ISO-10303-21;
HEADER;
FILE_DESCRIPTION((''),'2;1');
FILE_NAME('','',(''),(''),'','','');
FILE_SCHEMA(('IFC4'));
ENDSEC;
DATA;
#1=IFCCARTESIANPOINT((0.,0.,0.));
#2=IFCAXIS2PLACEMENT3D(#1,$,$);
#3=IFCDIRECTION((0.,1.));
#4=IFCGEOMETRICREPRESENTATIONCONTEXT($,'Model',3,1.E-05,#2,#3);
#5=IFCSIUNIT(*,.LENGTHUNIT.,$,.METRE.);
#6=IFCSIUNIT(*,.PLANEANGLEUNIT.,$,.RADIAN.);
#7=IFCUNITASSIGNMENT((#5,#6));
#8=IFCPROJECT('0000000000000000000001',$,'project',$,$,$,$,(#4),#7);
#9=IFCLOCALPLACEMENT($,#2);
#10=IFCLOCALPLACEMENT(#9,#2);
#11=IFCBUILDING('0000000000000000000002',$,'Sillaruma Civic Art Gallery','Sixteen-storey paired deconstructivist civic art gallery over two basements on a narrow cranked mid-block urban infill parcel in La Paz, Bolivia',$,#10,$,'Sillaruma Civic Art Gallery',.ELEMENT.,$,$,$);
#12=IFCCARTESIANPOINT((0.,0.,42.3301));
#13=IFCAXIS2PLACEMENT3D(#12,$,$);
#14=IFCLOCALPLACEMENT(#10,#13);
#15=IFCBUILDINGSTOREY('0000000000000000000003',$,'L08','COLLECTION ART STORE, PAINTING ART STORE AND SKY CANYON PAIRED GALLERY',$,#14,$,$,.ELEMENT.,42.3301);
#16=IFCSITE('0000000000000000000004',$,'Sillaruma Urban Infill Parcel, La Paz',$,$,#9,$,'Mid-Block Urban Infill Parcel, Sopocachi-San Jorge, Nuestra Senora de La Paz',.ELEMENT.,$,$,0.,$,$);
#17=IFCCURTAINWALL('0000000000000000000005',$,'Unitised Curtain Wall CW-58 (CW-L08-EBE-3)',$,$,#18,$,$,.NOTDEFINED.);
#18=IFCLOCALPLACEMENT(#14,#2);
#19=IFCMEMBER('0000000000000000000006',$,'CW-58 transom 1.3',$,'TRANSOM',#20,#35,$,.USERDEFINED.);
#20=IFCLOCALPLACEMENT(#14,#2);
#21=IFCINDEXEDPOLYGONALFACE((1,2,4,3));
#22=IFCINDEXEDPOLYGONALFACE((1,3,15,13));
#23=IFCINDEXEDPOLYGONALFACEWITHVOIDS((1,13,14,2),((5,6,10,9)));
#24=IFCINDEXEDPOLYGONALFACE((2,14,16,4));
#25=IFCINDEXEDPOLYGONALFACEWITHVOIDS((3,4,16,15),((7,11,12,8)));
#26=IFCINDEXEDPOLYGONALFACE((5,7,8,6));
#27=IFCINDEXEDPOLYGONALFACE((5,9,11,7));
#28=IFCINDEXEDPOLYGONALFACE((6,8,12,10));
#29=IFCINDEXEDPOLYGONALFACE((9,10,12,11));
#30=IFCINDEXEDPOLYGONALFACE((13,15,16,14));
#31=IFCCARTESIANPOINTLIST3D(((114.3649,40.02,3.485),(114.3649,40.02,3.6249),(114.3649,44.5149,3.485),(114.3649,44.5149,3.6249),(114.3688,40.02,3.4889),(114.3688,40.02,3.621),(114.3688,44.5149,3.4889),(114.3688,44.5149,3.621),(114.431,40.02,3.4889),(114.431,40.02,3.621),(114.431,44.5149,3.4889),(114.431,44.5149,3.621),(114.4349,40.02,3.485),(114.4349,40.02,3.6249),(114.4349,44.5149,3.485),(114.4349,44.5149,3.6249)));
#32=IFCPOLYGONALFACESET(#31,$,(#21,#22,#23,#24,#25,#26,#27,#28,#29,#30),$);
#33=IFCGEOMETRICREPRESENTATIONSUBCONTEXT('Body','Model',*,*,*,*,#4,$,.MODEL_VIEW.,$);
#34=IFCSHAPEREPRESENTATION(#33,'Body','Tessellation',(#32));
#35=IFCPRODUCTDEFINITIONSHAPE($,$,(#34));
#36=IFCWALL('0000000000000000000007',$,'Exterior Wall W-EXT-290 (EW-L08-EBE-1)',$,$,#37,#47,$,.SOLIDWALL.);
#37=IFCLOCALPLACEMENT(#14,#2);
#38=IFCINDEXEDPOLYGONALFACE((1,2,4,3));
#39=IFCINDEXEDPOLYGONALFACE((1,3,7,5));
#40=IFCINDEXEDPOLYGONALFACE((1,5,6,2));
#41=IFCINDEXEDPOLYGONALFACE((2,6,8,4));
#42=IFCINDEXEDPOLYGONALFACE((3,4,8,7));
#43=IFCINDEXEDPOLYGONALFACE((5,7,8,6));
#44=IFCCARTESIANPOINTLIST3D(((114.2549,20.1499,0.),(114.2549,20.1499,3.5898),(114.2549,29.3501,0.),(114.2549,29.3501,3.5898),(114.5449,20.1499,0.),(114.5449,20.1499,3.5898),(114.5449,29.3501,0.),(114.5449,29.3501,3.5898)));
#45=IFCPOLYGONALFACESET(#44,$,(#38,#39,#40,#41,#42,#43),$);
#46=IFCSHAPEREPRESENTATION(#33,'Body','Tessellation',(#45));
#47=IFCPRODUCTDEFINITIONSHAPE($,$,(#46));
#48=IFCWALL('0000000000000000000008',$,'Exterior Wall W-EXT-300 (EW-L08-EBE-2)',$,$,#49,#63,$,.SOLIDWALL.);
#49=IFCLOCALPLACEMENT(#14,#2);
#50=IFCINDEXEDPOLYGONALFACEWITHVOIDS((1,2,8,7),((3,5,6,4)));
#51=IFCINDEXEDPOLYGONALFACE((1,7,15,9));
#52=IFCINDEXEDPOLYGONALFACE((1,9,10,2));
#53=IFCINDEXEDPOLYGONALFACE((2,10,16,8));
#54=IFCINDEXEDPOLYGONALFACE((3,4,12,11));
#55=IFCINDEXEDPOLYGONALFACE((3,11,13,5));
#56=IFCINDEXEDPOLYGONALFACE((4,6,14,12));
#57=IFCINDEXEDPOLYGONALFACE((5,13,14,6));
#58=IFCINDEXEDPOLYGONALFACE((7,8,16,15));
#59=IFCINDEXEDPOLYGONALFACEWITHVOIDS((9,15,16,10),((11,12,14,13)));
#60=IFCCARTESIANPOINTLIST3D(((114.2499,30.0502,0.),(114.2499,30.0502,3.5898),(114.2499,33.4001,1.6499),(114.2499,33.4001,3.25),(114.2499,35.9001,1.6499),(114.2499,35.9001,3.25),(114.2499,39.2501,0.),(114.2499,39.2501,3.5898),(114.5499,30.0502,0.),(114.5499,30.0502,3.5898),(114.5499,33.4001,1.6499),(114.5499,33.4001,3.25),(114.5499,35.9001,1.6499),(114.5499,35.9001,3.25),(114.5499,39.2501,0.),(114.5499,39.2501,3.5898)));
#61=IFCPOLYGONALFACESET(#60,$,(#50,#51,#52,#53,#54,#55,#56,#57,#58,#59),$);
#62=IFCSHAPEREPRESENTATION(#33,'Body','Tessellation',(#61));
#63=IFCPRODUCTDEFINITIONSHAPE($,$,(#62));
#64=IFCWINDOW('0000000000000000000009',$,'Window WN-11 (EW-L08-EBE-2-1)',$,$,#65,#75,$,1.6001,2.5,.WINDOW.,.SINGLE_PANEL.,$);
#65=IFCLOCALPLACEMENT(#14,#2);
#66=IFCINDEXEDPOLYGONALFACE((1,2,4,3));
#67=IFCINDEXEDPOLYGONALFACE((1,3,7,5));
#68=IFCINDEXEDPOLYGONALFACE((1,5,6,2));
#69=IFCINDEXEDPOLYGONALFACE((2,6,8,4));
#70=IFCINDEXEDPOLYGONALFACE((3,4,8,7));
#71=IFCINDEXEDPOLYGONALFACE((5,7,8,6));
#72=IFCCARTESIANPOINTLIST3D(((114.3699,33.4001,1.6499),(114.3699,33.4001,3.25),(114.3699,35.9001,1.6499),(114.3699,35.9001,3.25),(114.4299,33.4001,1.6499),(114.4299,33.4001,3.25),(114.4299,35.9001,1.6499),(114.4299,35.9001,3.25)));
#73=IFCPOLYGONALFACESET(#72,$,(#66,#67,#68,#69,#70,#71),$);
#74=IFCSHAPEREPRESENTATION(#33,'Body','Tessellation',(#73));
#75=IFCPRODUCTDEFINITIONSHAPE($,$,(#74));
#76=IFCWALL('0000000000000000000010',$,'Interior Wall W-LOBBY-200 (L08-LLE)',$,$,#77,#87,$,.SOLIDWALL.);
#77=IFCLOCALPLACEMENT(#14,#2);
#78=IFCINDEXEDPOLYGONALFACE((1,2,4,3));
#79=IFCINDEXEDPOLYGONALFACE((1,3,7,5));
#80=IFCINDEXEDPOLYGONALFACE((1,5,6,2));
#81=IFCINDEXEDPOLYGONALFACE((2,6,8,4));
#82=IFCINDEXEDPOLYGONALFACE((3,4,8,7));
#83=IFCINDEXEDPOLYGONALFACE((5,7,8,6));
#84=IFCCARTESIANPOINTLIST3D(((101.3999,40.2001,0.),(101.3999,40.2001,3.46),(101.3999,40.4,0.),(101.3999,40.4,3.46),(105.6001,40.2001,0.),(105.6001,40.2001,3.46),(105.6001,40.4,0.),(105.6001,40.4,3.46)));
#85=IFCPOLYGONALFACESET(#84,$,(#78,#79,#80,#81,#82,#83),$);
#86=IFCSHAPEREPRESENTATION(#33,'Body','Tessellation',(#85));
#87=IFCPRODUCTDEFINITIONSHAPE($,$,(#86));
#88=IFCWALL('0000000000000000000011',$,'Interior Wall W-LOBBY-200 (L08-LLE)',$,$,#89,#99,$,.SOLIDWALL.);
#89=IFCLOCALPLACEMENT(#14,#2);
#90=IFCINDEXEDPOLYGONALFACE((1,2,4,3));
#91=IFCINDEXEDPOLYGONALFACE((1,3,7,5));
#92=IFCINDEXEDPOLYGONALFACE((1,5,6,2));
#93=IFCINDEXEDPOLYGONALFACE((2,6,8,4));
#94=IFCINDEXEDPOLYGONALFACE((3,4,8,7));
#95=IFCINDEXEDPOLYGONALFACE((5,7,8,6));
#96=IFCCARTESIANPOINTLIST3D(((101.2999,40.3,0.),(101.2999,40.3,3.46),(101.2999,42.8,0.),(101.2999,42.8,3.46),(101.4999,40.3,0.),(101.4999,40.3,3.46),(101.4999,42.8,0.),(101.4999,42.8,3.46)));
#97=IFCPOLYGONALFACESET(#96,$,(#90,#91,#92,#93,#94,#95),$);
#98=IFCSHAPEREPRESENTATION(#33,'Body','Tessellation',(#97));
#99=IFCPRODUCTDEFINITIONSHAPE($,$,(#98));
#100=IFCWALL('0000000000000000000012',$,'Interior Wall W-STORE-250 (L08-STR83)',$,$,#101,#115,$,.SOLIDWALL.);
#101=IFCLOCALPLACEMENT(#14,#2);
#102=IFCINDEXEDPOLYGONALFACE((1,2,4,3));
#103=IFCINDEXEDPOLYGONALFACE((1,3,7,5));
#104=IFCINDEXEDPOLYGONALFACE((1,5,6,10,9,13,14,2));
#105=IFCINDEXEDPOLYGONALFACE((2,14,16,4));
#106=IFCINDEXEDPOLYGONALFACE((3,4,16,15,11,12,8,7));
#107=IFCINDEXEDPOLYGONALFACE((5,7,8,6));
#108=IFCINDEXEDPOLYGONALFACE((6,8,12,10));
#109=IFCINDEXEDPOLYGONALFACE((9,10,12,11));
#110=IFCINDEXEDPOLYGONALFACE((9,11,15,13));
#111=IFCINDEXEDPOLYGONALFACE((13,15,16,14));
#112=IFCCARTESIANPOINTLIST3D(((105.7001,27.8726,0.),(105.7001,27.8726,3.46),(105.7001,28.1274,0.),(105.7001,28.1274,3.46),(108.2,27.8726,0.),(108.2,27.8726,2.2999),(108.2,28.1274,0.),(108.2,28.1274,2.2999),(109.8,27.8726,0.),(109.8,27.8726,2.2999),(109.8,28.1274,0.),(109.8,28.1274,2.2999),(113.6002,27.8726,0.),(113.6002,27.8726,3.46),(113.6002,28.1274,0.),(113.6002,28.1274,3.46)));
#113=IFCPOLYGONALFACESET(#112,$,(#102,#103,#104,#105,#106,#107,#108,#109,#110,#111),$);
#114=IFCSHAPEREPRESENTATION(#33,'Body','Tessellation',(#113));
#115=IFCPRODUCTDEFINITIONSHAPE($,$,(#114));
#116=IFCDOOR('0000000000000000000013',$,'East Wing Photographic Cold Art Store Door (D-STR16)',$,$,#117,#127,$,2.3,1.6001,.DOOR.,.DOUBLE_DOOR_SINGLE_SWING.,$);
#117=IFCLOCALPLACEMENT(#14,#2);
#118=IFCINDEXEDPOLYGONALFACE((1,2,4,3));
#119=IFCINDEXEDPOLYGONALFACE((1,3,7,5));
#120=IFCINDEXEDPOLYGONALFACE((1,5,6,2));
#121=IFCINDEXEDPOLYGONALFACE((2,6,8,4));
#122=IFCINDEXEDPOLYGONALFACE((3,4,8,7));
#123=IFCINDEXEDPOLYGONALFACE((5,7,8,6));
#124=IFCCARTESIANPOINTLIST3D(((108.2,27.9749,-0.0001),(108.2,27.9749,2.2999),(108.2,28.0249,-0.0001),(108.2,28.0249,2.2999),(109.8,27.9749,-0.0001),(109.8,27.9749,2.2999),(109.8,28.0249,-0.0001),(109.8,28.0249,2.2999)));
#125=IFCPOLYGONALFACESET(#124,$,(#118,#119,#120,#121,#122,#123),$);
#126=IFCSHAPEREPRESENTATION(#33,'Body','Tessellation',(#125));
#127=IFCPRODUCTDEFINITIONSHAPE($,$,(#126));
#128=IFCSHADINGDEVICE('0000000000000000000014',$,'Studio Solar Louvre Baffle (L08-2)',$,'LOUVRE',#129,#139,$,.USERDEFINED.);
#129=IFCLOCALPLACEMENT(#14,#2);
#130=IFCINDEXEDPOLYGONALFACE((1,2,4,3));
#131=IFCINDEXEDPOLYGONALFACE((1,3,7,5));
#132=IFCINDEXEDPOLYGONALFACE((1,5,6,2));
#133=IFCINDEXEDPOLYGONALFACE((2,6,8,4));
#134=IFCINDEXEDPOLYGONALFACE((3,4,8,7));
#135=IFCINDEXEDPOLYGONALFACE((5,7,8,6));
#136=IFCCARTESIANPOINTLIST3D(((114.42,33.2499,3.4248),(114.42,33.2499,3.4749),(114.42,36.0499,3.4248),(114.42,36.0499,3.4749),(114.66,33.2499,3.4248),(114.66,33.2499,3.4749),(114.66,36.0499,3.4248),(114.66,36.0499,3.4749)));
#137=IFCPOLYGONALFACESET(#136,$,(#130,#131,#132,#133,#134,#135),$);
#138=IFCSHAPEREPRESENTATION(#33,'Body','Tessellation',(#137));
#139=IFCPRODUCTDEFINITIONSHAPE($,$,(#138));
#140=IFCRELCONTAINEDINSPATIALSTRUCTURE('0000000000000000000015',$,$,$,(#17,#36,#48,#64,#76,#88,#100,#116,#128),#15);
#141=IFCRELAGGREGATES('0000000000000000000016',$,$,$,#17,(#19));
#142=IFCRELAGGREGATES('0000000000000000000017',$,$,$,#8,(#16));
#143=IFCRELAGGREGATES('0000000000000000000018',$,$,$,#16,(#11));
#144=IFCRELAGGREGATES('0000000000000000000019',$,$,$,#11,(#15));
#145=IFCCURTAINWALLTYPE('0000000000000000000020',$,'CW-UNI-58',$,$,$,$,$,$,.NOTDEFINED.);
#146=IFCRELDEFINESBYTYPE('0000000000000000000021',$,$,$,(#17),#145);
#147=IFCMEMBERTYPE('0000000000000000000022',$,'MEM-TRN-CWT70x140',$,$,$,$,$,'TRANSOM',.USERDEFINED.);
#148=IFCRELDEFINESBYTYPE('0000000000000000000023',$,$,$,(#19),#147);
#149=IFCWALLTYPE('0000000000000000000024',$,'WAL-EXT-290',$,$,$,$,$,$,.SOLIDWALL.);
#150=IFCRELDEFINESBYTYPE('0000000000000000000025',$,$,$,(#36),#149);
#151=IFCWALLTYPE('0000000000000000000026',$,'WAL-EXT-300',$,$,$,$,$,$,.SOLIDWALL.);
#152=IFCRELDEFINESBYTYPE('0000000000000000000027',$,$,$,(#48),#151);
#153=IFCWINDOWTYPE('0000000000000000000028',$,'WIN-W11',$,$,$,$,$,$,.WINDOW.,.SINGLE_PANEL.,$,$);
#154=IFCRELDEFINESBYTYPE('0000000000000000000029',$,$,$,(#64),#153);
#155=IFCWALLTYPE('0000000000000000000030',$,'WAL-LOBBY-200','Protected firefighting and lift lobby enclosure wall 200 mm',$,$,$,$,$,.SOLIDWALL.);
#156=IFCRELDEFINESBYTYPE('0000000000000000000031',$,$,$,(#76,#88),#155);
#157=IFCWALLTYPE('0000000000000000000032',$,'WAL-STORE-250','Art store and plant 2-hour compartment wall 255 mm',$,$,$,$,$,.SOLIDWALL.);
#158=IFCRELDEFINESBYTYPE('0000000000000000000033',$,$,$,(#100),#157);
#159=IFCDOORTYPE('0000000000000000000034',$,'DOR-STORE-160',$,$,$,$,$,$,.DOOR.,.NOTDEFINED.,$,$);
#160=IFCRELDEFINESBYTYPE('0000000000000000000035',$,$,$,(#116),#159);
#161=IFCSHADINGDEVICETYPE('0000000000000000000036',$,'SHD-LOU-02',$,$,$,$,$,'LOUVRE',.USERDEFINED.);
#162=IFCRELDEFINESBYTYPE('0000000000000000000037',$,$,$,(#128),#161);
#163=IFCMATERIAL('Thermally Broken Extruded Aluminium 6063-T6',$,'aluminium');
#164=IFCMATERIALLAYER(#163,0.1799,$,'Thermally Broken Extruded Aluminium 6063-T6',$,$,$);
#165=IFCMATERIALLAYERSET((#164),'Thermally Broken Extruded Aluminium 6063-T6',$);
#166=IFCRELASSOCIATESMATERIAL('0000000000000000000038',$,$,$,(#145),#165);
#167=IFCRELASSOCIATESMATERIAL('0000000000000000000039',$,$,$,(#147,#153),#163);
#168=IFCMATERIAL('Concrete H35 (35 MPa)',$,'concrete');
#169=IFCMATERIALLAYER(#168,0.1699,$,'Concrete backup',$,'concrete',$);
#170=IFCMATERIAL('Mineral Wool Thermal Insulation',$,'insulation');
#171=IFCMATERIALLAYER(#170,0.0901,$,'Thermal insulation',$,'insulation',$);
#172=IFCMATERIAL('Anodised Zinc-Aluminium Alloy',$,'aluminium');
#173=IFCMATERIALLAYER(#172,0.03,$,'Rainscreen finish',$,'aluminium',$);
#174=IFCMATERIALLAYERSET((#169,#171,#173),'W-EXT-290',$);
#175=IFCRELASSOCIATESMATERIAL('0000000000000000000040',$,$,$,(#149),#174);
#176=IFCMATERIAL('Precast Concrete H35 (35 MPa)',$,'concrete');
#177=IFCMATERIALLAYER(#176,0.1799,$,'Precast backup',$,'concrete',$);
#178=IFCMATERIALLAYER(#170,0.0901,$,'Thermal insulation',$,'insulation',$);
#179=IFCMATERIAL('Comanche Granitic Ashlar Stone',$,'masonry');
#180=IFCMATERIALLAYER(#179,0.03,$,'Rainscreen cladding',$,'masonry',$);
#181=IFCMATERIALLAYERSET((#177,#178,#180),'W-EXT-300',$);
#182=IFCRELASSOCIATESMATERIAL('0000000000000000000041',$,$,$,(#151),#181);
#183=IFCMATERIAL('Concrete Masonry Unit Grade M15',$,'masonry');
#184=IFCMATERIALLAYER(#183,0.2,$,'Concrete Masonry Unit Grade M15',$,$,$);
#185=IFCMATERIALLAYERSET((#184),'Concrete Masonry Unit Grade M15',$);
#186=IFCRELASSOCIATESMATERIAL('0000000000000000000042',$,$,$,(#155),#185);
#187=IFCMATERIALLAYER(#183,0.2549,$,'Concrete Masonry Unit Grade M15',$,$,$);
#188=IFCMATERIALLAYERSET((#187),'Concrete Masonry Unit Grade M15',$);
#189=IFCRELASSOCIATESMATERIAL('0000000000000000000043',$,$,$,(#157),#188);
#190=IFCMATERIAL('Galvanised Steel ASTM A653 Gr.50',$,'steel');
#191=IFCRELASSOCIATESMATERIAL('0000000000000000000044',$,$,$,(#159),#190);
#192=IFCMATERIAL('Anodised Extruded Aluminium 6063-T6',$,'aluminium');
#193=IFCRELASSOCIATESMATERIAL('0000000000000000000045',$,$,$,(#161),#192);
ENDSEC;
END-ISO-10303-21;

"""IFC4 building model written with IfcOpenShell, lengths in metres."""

from ifc_helpers import new_model, si_unit, direction, frame, frame_2d, origin, origin_2d, place, context, subcontext, project, spatial, rectangle, hollow_rectangle, extrude, material, layer, layer_set, material_profile, profile_set, type_object, element, fill, aggregate, save


model = new_model("IFC4")

# Units and contexts
model_context = context("Model", 3, precision=1e-05, world=origin(), true_north=direction((0.0, 1.0)))
body_context = subcontext(model_context, "Body", "Model", "MODEL_VIEW")
ifc_project = project(units=[si_unit("LENGTHUNIT", "METRE"), si_unit("PLANEANGLEUNIT", "RADIAN")], contexts=[model_context])

# Site, building, storey
site_placement = place(None, origin())
site = spatial("IfcSite", under=ifc_project, at=site_placement, Name="Sillaruma Urban Infill Parcel, La Paz", LongName="Mid-Block Urban Infill Parcel, Sopocachi-San Jorge, Nuestra Senora de La Paz", CompositionType="ELEMENT", RefElevation=0.0)
building_placement = place(site_placement, origin())
building = spatial("IfcBuilding", under=site, at=building_placement, Name="Sillaruma Civic Art Gallery", Description="Sixteen-storey paired deconstructivist civic art gallery over two basements on a narrow cranked mid-block urban infill parcel in La Paz, Bolivia", LongName="Sillaruma Civic Art Gallery", CompositionType="ELEMENT")
storey_placement = place(building_placement, frame((0.0, 0.0, 42.3301)))
storey = spatial("IfcBuildingStorey", under=building, at=storey_placement, Name="L08", Description="COLLECTION ART STORE, PAINTING ART STORE AND SKY CANYON PAIRED GALLERY", CompositionType="ELEMENT", Elevation=42.3301)

# Shared definitions
ifc_material_1 = material(Name="Concrete H35 (35 MPa)", Category="concrete")

# Curtain wall, member
ifc_material_2 = material(Name="Thermally Broken Extruded Aluminium 6063-T6", Category="aluminium")
ifc_layer_1 = layer(ifc_material_2, 0.1799, Name="Thermally Broken Extruded Aluminium 6063-T6")
ifc_layer_set_1 = layer_set([ifc_layer_1], Name="Thermally Broken Extruded Aluminium 6063-T6")
curtain_wall_type = type_object("IfcCurtainWallType", Name="CW-UNI-58", PredefinedType="NOTDEFINED", material=ifc_layer_set_1)
curtain_wall_placement = place(storey_placement, origin())
curtain_wall = element("IfcCurtainWall", 1, at=curtain_wall_placement, inside=storey, type_object=curtain_wall_type, Name="Unitised Curtain Wall CW-58 (CW-L08-EBE-3)", PredefinedType="NOTDEFINED")
ifc_material_profile_1 = material_profile(ifc_material_2, hollow_rectangle(XDim=0.0701, YDim=0.1399, WallThickness=0.0039, at=origin_2d()), Name="CWT70x140")
ifc_profile_set_1 = profile_set([ifc_material_profile_1], Name="Thermally Broken Extruded Aluminium 6063-T6")
member_type_1 = type_object("IfcMemberType", Name="MEM-TRN-CWT70x140", ElementType="TRANSOM", PredefinedType="USERDEFINED", material=ifc_profile_set_1)
member_1_placement = place(storey_placement, frame((114.3999, 40.02, 3.5549), z_axis=(0.0, 1.0, 0.0), x_axis=(-1.0, 0.0, 0.0)))
member_1 = element("IfcMember", 2, at=member_1_placement, type_object=member_type_1, Name="CW-58 transom 1.3", ObjectType="TRANSOM", PredefinedType="USERDEFINED", context=body_context, shape_type="SweptSolid", body=[
    extrude(hollow_rectangle(XDim=0.0701, YDim=0.1399, WallThickness=0.0039, at=origin_2d()), origin(), (0.0, 0.0, 1.0), 4.4949),
])
aggregate(curtain_wall, [member_1])

# Wall
ifc_layer_2 = layer(ifc_material_1, 0.1699, Name="Concrete backup", Category="concrete")
ifc_material_3 = material(Name="Mineral Wool Thermal Insulation", Category="insulation")
ifc_layer_3 = layer(ifc_material_3, 0.0901, Name="Thermal insulation", Category="insulation")
ifc_material_4 = material(Name="Anodised Zinc-Aluminium Alloy", Category="aluminium")
ifc_layer_4 = layer(ifc_material_4, 0.03, Name="Rainscreen finish", Category="aluminium")
ifc_layer_set_2 = layer_set([ifc_layer_2, ifc_layer_3, ifc_layer_4], Name="W-EXT-290")
wall_type_1 = type_object("IfcWallType", Name="WAL-EXT-290", PredefinedType="SOLIDWALL", material=ifc_layer_set_2)
wall_1_placement = place(storey_placement, frame((114.3999, 20.1499, 0.0), z_axis=(0.0, 0.0, 1.0), x_axis=(0.0, 1.0, 0.0)))
element("IfcWall", 3, at=wall_1_placement, inside=storey, type_object=wall_type_1, Name="Exterior Wall W-EXT-290 (EW-L08-EBE-1)", PredefinedType="SOLIDWALL", context=body_context, shape_type="SweptSolid", body=[
    extrude(rectangle(XDim=9.2002, YDim=0.29, at=frame_2d((4.6001, 0.0))), origin(), (0.0, 0.0, 1.0), 3.5898),
])

# Wall, opening, window
ifc_material_5 = material(Name="Precast Concrete H35 (35 MPa)", Category="concrete")
ifc_layer_5 = layer(ifc_material_5, 0.1799, Name="Precast backup", Category="concrete")
ifc_layer_6 = layer(ifc_material_3, 0.0901, Name="Thermal insulation", Category="insulation")
ifc_material_6 = material(Name="Comanche Granitic Ashlar Stone", Category="masonry")
ifc_layer_7 = layer(ifc_material_6, 0.03, Name="Rainscreen cladding", Category="masonry")
ifc_layer_set_3 = layer_set([ifc_layer_5, ifc_layer_6, ifc_layer_7], Name="W-EXT-300")
wall_type_2 = type_object("IfcWallType", Name="WAL-EXT-300", PredefinedType="SOLIDWALL", material=ifc_layer_set_3)
wall_2_placement = place(storey_placement, frame((114.3999, 30.05, 0.0), z_axis=(0.0, 0.0, 1.0), x_axis=(0.0, 1.0, 0.0)))
wall_2 = element("IfcWall", 4, at=wall_2_placement, inside=storey, type_object=wall_type_2, Name="Exterior Wall W-EXT-300 (EW-L08-EBE-2)", PredefinedType="SOLIDWALL", context=body_context, shape_type="SweptSolid", body=[
    extrude(rectangle(XDim=9.2, YDim=0.3, at=frame_2d((4.6001, 0.0))), origin(), (0.0, 0.0, 1.0), 3.5898),
])
opening_1_placement = place(wall_2_placement, frame((3.3501, 0.0, 1.6499)))
opening_1 = element("IfcOpeningElement", 5, at=opening_1_placement, cuts=wall_2, PredefinedType="OPENING", context=body_context, shape_type="SweptSolid", body=[
    extrude(rectangle(XDim=2.5, YDim=1.6001, at=frame_2d((1.25, 0.8))), frame((0.0, 0.1599, 0.0), z_axis=(0.0, -1.0, 0.0), x_axis=(1.0, 0.0, 0.0)), (0.0, 0.0, 1.0), 0.3201),
])
window_type = type_object("IfcWindowType", Name="WIN-W11", PartitioningType="SINGLE_PANEL", PredefinedType="WINDOW", material=ifc_material_2)
window_placement = place(opening_1_placement, origin())
window = element("IfcWindow", 6, at=window_placement, inside=storey, type_object=window_type, Name="Window WN-11 (EW-L08-EBE-2-1)", OverallHeight=1.6001, OverallWidth=2.5, PartitioningType="SINGLE_PANEL", PredefinedType="WINDOW", context=body_context, shape_type="SweptSolid", body=[
    extrude(rectangle(XDim=2.5, YDim=1.6001, at=frame_2d((1.25, 0.8))), frame((0.0, 0.03, 0.0), z_axis=(0.0, -1.0, 0.0), x_axis=(1.0, 0.0, 0.0)), (0.0, 0.0, 1.0), 0.0601),
])
fill(opening_1, window)

# Walls
ifc_material_7 = material(Name="Concrete Masonry Unit Grade M15", Category="masonry")
ifc_layer_8 = layer(ifc_material_7, 0.2, Name="Concrete Masonry Unit Grade M15")
ifc_layer_set_4 = layer_set([ifc_layer_8], Name="Concrete Masonry Unit Grade M15")
wall_type_3 = type_object("IfcWallType", Name="WAL-LOBBY-200", Description="Protected firefighting and lift lobby enclosure wall 200 mm", PredefinedType="SOLIDWALL", material=ifc_layer_set_4)
wall_3_placement = place(storey_placement, frame((101.3999, 40.3, 0.0), z_axis=(0.0, 0.0, 1.0), x_axis=(1.0, 0.0, 0.0)))
element("IfcWall", 7, at=wall_3_placement, inside=storey, type_object=wall_type_3, Name="Interior Wall W-LOBBY-200 (L08-LLE)", PredefinedType="SOLIDWALL", context=body_context, shape_type="SweptSolid", body=[
    extrude(rectangle(XDim=4.2002, YDim=0.2, at=frame_2d((2.1001, 0.0))), origin(), (0.0, 0.0, 1.0), 3.46),
])
wall_4_placement = place(storey_placement, frame((101.3999, 40.3, 0.0), z_axis=(0.0, 0.0, 1.0), x_axis=(0.0, 1.0, 0.0)))
element("IfcWall", 8, at=wall_4_placement, inside=storey, type_object=wall_type_3, Name="Interior Wall W-LOBBY-200 (L08-LLE)", PredefinedType="SOLIDWALL", context=body_context, shape_type="SweptSolid", body=[
    extrude(rectangle(XDim=2.5, YDim=0.2, at=frame_2d((1.25, 0.0))), origin(), (0.0, 0.0, 1.0), 3.46),
])

# Wall, opening, door
ifc_layer_9 = layer(ifc_material_7, 0.2549, Name="Concrete Masonry Unit Grade M15")
ifc_layer_set_5 = layer_set([ifc_layer_9], Name="Concrete Masonry Unit Grade M15")
wall_type_4 = type_object("IfcWallType", Name="WAL-STORE-250", Description="Art store and plant 2-hour compartment wall 255 mm", PredefinedType="SOLIDWALL", material=ifc_layer_set_5)
wall_5_placement = place(storey_placement, frame((105.7, 28.0, 0.0), z_axis=(0.0, 0.0, 1.0), x_axis=(1.0, 0.0, 0.0)))
wall_5 = element("IfcWall", 9, at=wall_5_placement, inside=storey, type_object=wall_type_4, Name="Interior Wall W-STORE-250 (L08-STR83)", PredefinedType="SOLIDWALL", context=body_context, shape_type="SweptSolid", body=[
    extrude(rectangle(XDim=7.9001, YDim=0.2549, at=frame_2d((3.9502, 0.0))), origin(), (0.0, 0.0, 1.0), 3.46),
])
opening_2_placement = place(wall_5_placement, frame((2.5, 0.0, 0.0)))
opening_2 = element("IfcOpeningElement", 10, at=opening_2_placement, cuts=wall_5, PredefinedType="OPENING", context=body_context, shape_type="SweptSolid", body=[
    extrude(rectangle(XDim=1.6001, YDim=2.3, at=frame_2d((0.8, 1.1499))), frame((0.0, 0.1375, 0.0), z_axis=(0.0, -1.0, 0.0), x_axis=(1.0, 0.0, 0.0)), (0.0, 0.0, 1.0), 0.2749),
])
ifc_material_8 = material(Name="Galvanised Steel ASTM A653 Gr.50", Category="steel")
door_type = type_object("IfcDoorType", Name="DOR-STORE-160", OperationType="NOTDEFINED", PredefinedType="DOOR", material=ifc_material_8)
door_placement = place(opening_2_placement, origin())
door = element("IfcDoor", 11, at=door_placement, inside=storey, type_object=door_type, Name="East Wing Photographic Cold Art Store Door (D-STR16)", OperationType="DOUBLE_DOOR_SINGLE_SWING", OverallHeight=2.3, OverallWidth=1.6001, PredefinedType="DOOR", context=body_context, shape_type="SweptSolid", body=[
    extrude(rectangle(XDim=1.6001, YDim=2.3, at=frame_2d((0.8, 1.1499))), frame((0.0, 0.0249, 0.0), z_axis=(0.0, -1.0, 0.0), x_axis=(1.0, 0.0, 0.0)), (0.0, 0.0, 1.0), 0.05),
])
fill(opening_2, door)

# Shading device
ifc_material_9 = material(Name="Anodised Extruded Aluminium 6063-T6", Category="aluminium")
shading_device_type = type_object("IfcShadingDeviceType", Name="SHD-LOU-02", ElementType="LOUVRE", PredefinedType="USERDEFINED", material=ifc_material_9)
shading_device_placement = place(storey_placement, frame((114.54, 34.6499, 3.4248), z_axis=(0.0, 0.0, 1.0), x_axis=(0.0, 1.0, 0.0)))
element("IfcShadingDevice", 12, at=shading_device_placement, inside=storey, type_object=shading_device_type, Name="Studio Solar Louvre Baffle (L08-2)", ObjectType="LOUVRE", PredefinedType="USERDEFINED", context=body_context, shape_type="SweptSolid", body=[
    extrude(rectangle(XDim=2.8, YDim=0.24, at=origin_2d()), origin(), (0.0, 0.0, 1.0), 0.05),
])

save(model, "model.ifc")
